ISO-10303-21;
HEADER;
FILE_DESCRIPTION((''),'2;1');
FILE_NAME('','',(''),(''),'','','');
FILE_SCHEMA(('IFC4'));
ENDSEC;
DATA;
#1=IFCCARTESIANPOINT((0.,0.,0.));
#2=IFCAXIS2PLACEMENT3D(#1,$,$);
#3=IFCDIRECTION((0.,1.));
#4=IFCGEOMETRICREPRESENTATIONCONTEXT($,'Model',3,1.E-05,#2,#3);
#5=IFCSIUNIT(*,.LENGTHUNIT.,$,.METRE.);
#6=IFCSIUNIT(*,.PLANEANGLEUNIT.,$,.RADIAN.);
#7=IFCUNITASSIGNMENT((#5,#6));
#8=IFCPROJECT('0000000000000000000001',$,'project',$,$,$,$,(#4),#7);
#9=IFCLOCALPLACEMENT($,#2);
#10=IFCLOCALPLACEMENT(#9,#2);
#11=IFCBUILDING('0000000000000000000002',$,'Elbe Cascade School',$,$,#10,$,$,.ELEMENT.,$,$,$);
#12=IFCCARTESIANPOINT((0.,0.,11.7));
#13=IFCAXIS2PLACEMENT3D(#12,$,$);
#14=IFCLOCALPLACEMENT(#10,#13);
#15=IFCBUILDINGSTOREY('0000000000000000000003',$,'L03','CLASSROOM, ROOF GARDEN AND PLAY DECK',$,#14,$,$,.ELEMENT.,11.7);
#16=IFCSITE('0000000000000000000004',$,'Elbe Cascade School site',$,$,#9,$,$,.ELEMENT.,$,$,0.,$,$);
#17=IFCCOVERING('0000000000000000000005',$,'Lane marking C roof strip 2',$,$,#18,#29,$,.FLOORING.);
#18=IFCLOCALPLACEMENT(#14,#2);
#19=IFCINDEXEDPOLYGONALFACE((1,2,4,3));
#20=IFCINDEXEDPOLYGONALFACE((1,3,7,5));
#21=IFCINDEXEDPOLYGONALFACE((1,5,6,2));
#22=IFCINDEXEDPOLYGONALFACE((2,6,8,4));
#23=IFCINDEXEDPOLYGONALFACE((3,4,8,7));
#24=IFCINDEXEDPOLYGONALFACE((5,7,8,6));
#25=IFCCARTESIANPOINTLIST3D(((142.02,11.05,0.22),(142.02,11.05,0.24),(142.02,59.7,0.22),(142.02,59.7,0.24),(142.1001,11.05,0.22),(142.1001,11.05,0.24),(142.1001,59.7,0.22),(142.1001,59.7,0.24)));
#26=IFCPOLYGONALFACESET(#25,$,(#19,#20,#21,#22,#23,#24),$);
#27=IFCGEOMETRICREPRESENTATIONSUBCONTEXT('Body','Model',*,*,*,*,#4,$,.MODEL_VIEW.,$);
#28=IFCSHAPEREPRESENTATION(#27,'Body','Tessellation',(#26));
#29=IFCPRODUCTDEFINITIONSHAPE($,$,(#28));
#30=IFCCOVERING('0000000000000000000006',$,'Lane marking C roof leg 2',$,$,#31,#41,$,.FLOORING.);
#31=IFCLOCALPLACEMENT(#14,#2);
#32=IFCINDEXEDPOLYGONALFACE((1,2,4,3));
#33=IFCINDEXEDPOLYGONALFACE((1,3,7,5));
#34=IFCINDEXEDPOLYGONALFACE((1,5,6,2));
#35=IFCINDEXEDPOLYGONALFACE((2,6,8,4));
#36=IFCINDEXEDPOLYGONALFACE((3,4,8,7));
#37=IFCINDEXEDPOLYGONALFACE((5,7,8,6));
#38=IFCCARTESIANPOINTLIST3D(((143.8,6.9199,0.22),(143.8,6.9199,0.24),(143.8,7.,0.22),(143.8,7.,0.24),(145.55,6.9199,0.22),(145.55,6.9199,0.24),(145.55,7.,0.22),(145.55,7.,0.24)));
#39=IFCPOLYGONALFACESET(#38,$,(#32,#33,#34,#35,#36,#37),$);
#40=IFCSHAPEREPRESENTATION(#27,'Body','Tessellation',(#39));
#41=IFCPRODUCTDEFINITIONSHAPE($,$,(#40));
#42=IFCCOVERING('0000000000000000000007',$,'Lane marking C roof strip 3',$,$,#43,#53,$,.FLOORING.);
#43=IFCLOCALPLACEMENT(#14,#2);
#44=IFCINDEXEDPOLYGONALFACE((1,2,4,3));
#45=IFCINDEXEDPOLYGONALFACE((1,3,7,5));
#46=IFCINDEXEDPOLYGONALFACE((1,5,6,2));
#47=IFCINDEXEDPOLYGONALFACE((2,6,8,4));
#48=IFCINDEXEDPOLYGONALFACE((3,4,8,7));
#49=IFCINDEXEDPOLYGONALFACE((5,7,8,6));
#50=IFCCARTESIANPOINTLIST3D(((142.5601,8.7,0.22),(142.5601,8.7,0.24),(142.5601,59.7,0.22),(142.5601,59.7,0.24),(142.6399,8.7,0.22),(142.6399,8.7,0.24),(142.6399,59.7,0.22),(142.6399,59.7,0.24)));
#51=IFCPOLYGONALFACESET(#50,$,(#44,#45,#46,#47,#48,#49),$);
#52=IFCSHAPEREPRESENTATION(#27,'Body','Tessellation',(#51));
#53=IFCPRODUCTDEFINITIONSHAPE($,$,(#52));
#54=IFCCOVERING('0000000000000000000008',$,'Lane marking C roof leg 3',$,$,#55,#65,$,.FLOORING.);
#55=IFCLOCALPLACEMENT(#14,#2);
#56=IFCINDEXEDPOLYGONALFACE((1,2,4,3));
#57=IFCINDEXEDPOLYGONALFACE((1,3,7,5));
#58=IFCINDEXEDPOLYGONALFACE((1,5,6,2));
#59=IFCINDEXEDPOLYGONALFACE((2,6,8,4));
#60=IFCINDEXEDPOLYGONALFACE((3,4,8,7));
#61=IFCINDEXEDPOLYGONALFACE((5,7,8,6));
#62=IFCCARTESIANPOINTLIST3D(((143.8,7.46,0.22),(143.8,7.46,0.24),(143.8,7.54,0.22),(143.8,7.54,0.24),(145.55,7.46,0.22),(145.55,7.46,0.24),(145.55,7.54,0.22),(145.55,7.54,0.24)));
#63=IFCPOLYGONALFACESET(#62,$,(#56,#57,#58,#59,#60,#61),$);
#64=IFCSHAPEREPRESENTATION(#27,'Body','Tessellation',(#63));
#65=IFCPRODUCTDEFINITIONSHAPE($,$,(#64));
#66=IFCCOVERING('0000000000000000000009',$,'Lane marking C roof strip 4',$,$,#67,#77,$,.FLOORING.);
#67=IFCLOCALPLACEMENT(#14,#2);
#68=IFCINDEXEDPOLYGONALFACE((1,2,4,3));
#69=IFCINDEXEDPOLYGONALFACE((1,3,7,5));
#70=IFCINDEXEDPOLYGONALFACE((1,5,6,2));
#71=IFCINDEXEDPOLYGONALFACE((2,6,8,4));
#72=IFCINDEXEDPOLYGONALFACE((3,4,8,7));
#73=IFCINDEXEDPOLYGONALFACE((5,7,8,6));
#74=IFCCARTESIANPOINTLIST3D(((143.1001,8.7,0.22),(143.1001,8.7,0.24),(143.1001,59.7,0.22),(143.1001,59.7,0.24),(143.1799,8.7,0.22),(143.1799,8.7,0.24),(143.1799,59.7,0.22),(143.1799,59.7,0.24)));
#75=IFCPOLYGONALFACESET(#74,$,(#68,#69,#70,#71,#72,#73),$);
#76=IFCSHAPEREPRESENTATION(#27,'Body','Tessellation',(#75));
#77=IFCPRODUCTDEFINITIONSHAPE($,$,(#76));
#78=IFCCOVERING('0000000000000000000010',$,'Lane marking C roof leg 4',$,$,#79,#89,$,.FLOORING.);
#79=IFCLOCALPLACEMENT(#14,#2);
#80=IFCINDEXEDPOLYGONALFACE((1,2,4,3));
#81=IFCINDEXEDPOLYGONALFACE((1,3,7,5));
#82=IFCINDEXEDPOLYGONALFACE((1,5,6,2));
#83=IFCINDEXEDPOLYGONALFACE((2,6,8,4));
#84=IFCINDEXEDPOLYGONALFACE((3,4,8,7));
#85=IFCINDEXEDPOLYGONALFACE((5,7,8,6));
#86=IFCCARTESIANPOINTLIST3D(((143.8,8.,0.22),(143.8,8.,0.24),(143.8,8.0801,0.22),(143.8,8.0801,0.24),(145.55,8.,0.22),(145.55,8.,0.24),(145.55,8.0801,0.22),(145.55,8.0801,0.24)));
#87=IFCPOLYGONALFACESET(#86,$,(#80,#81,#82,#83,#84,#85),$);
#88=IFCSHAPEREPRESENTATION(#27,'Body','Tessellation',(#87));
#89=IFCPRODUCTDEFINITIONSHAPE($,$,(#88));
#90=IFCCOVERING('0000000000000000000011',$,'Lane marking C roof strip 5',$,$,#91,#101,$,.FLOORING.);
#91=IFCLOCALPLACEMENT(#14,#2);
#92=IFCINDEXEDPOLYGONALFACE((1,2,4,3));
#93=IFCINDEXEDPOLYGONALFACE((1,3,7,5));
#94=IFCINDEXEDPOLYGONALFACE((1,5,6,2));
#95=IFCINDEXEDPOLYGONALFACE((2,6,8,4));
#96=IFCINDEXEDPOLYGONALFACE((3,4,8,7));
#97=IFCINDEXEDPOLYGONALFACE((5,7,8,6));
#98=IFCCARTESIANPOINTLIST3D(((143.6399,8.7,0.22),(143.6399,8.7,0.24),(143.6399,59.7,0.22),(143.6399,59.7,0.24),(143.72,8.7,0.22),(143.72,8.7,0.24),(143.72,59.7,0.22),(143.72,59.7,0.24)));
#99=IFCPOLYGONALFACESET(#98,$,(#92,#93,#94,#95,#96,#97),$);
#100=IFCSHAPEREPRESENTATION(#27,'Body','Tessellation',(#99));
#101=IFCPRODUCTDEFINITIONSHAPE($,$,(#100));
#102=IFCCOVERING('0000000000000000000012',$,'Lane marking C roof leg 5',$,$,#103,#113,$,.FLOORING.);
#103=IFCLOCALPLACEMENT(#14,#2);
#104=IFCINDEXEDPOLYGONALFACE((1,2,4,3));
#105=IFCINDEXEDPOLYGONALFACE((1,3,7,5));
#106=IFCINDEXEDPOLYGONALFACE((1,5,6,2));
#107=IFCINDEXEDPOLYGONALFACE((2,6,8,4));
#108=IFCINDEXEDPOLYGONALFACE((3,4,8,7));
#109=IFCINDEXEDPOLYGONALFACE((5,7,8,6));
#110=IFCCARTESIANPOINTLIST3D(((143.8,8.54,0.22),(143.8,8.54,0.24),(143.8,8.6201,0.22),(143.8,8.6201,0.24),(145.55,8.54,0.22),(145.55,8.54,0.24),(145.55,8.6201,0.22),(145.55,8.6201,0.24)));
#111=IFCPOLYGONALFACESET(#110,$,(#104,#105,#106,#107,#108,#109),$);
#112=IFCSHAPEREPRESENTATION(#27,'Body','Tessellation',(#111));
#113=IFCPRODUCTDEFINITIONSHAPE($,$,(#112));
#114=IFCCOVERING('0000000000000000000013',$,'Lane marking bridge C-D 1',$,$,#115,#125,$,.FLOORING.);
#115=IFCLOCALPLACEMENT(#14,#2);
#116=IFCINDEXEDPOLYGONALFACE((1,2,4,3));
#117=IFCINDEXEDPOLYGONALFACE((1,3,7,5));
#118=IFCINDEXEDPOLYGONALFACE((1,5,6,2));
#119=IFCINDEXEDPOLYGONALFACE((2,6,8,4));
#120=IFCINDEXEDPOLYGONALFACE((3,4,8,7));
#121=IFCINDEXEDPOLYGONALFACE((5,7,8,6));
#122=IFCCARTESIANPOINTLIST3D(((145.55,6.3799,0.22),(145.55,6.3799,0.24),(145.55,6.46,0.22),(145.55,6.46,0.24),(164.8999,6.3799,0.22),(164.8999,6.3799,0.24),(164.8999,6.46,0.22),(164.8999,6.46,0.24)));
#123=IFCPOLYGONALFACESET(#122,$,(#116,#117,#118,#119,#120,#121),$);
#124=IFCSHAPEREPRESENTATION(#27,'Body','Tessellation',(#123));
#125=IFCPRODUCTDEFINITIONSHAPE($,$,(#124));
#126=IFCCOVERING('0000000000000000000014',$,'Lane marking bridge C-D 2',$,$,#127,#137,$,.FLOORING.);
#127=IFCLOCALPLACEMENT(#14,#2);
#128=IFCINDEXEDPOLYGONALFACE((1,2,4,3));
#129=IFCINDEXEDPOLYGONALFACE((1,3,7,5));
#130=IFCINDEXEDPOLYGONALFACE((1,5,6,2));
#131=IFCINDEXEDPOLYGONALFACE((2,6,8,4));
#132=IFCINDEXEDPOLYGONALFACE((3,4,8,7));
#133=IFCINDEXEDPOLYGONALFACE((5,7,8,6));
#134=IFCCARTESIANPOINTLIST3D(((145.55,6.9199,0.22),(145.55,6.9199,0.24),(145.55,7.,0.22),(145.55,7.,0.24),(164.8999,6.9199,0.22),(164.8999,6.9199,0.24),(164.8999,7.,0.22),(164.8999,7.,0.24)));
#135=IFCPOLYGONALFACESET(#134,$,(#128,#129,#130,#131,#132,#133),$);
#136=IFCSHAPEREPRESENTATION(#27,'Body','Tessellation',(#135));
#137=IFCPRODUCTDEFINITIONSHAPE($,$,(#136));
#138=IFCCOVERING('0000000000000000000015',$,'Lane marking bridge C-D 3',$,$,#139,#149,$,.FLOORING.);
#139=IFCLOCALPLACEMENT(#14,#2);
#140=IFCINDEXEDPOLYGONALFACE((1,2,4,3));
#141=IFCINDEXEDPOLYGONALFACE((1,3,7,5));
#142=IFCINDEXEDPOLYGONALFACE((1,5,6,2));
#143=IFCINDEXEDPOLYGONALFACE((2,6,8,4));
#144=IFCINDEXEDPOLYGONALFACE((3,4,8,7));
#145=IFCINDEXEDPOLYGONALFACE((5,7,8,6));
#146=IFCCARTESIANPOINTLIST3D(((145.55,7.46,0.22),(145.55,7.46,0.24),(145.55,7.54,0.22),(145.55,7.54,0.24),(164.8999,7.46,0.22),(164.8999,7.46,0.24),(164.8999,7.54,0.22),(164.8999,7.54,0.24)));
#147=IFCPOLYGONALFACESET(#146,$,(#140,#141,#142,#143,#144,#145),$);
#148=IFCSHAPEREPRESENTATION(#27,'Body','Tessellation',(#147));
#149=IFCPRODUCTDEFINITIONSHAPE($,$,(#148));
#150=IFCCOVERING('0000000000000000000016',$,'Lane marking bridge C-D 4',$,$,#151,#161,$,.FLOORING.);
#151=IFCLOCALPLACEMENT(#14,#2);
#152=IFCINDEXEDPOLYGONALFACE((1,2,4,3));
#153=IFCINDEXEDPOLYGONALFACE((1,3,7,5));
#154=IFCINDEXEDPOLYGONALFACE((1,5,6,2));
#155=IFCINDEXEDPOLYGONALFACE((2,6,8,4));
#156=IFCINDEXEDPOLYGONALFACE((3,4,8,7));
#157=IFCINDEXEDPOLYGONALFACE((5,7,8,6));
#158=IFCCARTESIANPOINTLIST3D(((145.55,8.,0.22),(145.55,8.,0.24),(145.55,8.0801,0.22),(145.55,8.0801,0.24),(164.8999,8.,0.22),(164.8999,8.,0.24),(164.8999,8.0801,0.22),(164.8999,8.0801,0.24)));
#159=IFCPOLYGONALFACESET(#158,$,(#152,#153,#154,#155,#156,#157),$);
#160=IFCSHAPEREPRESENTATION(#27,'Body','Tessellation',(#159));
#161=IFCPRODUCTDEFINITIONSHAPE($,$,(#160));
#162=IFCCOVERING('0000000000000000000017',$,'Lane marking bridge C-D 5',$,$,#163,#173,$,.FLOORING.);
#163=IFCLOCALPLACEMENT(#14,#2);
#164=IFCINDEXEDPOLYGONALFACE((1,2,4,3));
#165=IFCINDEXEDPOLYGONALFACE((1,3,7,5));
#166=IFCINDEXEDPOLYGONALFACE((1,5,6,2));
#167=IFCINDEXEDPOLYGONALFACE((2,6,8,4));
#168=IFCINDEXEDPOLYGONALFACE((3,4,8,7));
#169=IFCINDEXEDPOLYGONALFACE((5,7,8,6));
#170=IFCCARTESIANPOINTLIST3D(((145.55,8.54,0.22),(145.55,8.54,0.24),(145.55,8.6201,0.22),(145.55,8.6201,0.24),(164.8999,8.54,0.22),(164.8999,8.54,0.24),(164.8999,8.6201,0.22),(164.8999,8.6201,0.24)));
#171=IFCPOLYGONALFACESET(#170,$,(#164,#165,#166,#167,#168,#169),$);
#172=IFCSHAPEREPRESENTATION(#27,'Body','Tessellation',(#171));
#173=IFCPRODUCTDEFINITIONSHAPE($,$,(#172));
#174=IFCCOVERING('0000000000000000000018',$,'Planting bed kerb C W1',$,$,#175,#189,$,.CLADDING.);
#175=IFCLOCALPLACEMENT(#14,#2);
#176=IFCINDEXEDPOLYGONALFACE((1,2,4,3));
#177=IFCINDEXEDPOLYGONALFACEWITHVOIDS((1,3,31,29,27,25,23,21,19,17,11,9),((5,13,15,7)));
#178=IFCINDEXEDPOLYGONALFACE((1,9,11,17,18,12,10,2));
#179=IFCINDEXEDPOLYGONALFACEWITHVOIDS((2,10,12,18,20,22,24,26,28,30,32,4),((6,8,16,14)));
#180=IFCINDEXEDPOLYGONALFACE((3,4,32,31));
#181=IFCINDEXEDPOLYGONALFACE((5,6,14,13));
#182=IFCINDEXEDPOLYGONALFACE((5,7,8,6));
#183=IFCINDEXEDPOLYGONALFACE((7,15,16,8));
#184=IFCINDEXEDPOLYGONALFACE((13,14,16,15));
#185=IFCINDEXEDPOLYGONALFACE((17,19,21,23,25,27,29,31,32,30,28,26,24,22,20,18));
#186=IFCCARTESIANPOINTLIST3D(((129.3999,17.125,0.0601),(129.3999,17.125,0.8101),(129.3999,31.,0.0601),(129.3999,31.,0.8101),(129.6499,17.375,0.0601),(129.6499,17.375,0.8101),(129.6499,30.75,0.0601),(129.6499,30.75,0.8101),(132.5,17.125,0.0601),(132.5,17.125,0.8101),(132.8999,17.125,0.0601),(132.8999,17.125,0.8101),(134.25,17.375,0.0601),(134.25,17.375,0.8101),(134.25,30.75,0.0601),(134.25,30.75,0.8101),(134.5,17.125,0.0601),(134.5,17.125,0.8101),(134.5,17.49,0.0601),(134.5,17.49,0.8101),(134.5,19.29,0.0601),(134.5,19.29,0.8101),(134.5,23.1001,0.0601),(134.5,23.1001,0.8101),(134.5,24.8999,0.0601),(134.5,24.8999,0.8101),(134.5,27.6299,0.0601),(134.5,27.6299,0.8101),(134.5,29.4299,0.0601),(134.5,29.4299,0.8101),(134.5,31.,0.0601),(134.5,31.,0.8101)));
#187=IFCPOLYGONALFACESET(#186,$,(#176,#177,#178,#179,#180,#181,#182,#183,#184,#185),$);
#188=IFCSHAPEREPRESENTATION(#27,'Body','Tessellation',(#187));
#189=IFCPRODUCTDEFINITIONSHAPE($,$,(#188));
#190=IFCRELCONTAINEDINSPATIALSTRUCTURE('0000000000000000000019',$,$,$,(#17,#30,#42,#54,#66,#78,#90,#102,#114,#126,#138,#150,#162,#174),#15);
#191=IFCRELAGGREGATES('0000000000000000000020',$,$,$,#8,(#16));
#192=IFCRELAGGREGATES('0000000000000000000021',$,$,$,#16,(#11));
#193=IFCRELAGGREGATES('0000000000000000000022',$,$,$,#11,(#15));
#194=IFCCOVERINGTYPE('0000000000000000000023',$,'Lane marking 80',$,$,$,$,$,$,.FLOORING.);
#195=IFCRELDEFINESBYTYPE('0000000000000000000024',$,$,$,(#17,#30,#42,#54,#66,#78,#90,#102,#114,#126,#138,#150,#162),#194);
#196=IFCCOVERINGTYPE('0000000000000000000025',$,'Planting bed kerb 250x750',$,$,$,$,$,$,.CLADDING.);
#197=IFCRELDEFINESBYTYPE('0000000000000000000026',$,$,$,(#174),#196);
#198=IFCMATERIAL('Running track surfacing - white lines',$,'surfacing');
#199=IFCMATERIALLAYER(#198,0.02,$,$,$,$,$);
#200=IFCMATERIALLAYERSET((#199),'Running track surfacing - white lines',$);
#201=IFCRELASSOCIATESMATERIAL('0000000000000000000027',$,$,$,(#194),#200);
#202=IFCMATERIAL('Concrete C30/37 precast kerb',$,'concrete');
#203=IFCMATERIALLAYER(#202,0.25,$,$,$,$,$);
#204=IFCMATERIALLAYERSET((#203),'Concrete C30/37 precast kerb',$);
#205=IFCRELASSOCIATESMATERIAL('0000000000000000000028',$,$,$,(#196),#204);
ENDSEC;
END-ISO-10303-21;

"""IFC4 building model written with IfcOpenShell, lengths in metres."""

from ifc_helpers import new_model, si_unit, direction, frame, origin, place, context, subcontext, project, spatial, polyline, outline, extrude, material, layer, layer_set, type_object, element, save


model = new_model("IFC4")

# Units and contexts
model_context = context("Model", 3, precision=1e-05, world=origin(), true_north=direction((0.0, 1.0)))
body_context = subcontext(model_context, "Body", "Model", "MODEL_VIEW")
ifc_project = project(units=[si_unit("LENGTHUNIT", "METRE"), si_unit("PLANEANGLEUNIT", "RADIAN")], contexts=[model_context])

# Site, building, storey
site_placement = place(None, origin())
site = spatial("IfcSite", under=ifc_project, at=site_placement, Name="Elbe Cascade School site", CompositionType="ELEMENT", RefElevation=0.0)
building_placement = place(site_placement, origin())
building = spatial("IfcBuilding", under=site, at=building_placement, Name="Elbe Cascade School", CompositionType="ELEMENT")
storey_placement = place(building_placement, frame((0.0, 0.0, 11.7)))
storey = spatial("IfcBuildingStorey", under=building, at=storey_placement, Name="L03", Description="CLASSROOM, ROOF GARDEN AND PLAY DECK", CompositionType="ELEMENT", Elevation=11.7)

# Coverings
ifc_material_1 = material(Name="Running track surfacing - white lines", Category="surfacing")
ifc_layer_1 = layer(ifc_material_1, 0.02)
ifc_layer_set_1 = layer_set([ifc_layer_1], Name="Running track surfacing - white lines")
covering_type_1 = type_object("IfcCoveringType", Name="Lane marking 80", PredefinedType="FLOORING", material=ifc_layer_set_1)
covering_1_placement = place(storey_placement, frame((0.0, 0.0, 0.22)))
element("IfcCovering", 1, at=covering_1_placement, inside=storey, type_object=covering_type_1, Name="Lane marking C roof strip 2", PredefinedType="FLOORING", context=body_context, shape_type="SweptSolid", body=[
    extrude(outline(polyline([(142.02, 59.7), (142.1001, 59.7), (142.1001, 11.05), (142.02, 11.05), (142.02, 59.7)])), origin(), (0.0, 0.0, 1.0), 0.02),
])
covering_2_placement = place(storey_placement, frame((0.0, 0.0, 0.22)))
element("IfcCovering", 2, at=covering_2_placement, inside=storey, type_object=covering_type_1, Name="Lane marking C roof leg 2", PredefinedType="FLOORING", context=body_context, shape_type="SweptSolid", body=[
    extrude(outline(polyline([(143.8, 6.9199), (145.55, 6.9199), (145.55, 7.0), (143.8, 7.0), (143.8, 6.9199)])), origin(), (0.0, 0.0, 1.0), 0.02),
])
covering_3_placement = place(storey_placement, frame((0.0, 0.0, 0.22)))
element("IfcCovering", 3, at=covering_3_placement, inside=storey, type_object=covering_type_1, Name="Lane marking C roof strip 3", PredefinedType="FLOORING", context=body_context, shape_type="SweptSolid", body=[
    extrude(outline(polyline([(142.5601, 59.7), (142.6399, 59.7), (142.6399, 8.7), (142.5601, 8.7), (142.5601, 59.7)])), origin(), (0.0, 0.0, 1.0), 0.02),
])
covering_4_placement = place(storey_placement, frame((0.0, 0.0, 0.22)))
element("IfcCovering", 4, at=covering_4_placement, inside=storey, type_object=covering_type_1, Name="Lane marking C roof leg 3", PredefinedType="FLOORING", context=body_context, shape_type="SweptSolid", body=[
    extrude(outline(polyline([(143.8, 7.46), (145.55, 7.46), (145.55, 7.54), (143.8, 7.54), (143.8, 7.46)])), origin(), (0.0, 0.0, 1.0), 0.02),
])
covering_5_placement = place(storey_placement, frame((0.0, 0.0, 0.22)))
element("IfcCovering", 5, at=covering_5_placement, inside=storey, type_object=covering_type_1, Name="Lane marking C roof strip 4", PredefinedType="FLOORING", context=body_context, shape_type="SweptSolid", body=[
    extrude(outline(polyline([(143.1001, 59.7), (143.1799, 59.7), (143.1799, 8.7), (143.1001, 8.7), (143.1001, 59.7)])), origin(), (0.0, 0.0, 1.0), 0.02),
])
covering_6_placement = place(storey_placement, frame((0.0, 0.0, 0.22)))
element("IfcCovering", 6, at=covering_6_placement, inside=storey, type_object=covering_type_1, Name="Lane marking C roof leg 4", PredefinedType="FLOORING", context=body_context, shape_type="SweptSolid", body=[
    extrude(outline(polyline([(143.8, 8.0), (145.55, 8.0), (145.55, 8.0801), (143.8, 8.0801), (143.8, 8.0)])), origin(), (0.0, 0.0, 1.0), 0.02),
])
covering_7_placement = place(storey_placement, frame((0.0, 0.0, 0.22)))
element("IfcCovering", 7, at=covering_7_placement, inside=storey, type_object=covering_type_1, Name="Lane marking C roof strip 5", PredefinedType="FLOORING", context=body_context, shape_type="SweptSolid", body=[
    extrude(outline(polyline([(143.6399, 59.7), (143.72, 59.7), (143.72, 8.7), (143.6399, 8.7), (143.6399, 59.7)])), origin(), (0.0, 0.0, 1.0), 0.02),
])
covering_8_placement = place(storey_placement, frame((0.0, 0.0, 0.22)))
element("IfcCovering", 8, at=covering_8_placement, inside=storey, type_object=covering_type_1, Name="Lane marking C roof leg 5", PredefinedType="FLOORING", context=body_context, shape_type="SweptSolid", body=[
    extrude(outline(polyline([(143.8, 8.54), (145.55, 8.54), (145.55, 8.6201), (143.8, 8.6201), (143.8, 8.54)])), origin(), (0.0, 0.0, 1.0), 0.02),
])
covering_9_placement = place(storey_placement, frame((0.0, 0.0, 0.22)))
element("IfcCovering", 9, at=covering_9_placement, inside=storey, type_object=covering_type_1, Name="Lane marking bridge C-D 1", PredefinedType="FLOORING", context=body_context, shape_type="SweptSolid", body=[
    extrude(outline(polyline([(145.55, 6.3799), (164.8999, 6.3799), (164.8999, 6.46), (145.55, 6.46), (145.55, 6.3799)])), origin(), (0.0, 0.0, 1.0), 0.02),
])
covering_10_placement = place(storey_placement, frame((0.0, 0.0, 0.22)))
element("IfcCovering", 10, at=covering_10_placement, inside=storey, type_object=covering_type_1, Name="Lane marking bridge C-D 2", PredefinedType="FLOORING", context=body_context, shape_type="SweptSolid", body=[
    extrude(outline(polyline([(145.55, 6.9199), (164.8999, 6.9199), (164.8999, 7.0), (145.55, 7.0), (145.55, 6.9199)])), origin(), (0.0, 0.0, 1.0), 0.02),
])
covering_11_placement = place(storey_placement, frame((0.0, 0.0, 0.22)))
element("IfcCovering", 11, at=covering_11_placement, inside=storey, type_object=covering_type_1, Name="Lane marking bridge C-D 3", PredefinedType="FLOORING", context=body_context, shape_type="SweptSolid", body=[
    extrude(outline(polyline([(145.55, 7.46), (164.8999, 7.46), (164.8999, 7.54), (145.55, 7.54), (145.55, 7.46)])), origin(), (0.0, 0.0, 1.0), 0.02),
])
covering_12_placement = place(storey_placement, frame((0.0, 0.0, 0.22)))
element("IfcCovering", 12, at=covering_12_placement, inside=storey, type_object=covering_type_1, Name="Lane marking bridge C-D 4", PredefinedType="FLOORING", context=body_context, shape_type="SweptSolid", body=[
    extrude(outline(polyline([(145.55, 8.0), (164.8999, 8.0), (164.8999, 8.0801), (145.55, 8.0801), (145.55, 8.0)])), origin(), (0.0, 0.0, 1.0), 0.02),
])
covering_13_placement = place(storey_placement, frame((0.0, 0.0, 0.22)))
element("IfcCovering", 13, at=covering_13_placement, inside=storey, type_object=covering_type_1, Name="Lane marking bridge C-D 5", PredefinedType="FLOORING", context=body_context, shape_type="SweptSolid", body=[
    extrude(outline(polyline([(145.55, 8.54), (164.8999, 8.54), (164.8999, 8.6201), (145.55, 8.6201), (145.55, 8.54)])), origin(), (0.0, 0.0, 1.0), 0.02),
])
ifc_material_2 = material(Name="Concrete C30/37 precast kerb", Category="concrete")
ifc_layer_2 = layer(ifc_material_2, 0.25)
ifc_layer_set_2 = layer_set([ifc_layer_2], Name="Concrete C30/37 precast kerb")
covering_type_2 = type_object("IfcCoveringType", Name="Planting bed kerb 250x750", PredefinedType="CLADDING", material=ifc_layer_set_2)
covering_14_placement = place(storey_placement, frame((0.0, 0.0, 0.0601)))
element("IfcCovering", 14, at=covering_14_placement, inside=storey, type_object=covering_type_2, Name="Planting bed kerb C W1", PredefinedType="CLADDING", context=body_context, shape_type="SweptSolid", body=[
    extrude(outline(polyline([(134.5, 17.125), (132.8999, 17.125), (132.5, 17.125), (129.3999, 17.125), (129.3999, 31.0), (134.5, 31.0), (134.5, 29.4299), (134.5, 27.6299), (134.5, 24.8999), (134.5, 23.1001), (134.5, 19.29), (134.5, 17.49), (134.5, 17.125)]), holes=[polyline([(134.25, 17.375), (129.6499, 17.375), (129.6499, 30.75), (134.25, 30.75), (134.25, 17.375)])]), origin(), (0.0, 0.0, 1.0), 0.75),
])

save(model, "model.ifc")
